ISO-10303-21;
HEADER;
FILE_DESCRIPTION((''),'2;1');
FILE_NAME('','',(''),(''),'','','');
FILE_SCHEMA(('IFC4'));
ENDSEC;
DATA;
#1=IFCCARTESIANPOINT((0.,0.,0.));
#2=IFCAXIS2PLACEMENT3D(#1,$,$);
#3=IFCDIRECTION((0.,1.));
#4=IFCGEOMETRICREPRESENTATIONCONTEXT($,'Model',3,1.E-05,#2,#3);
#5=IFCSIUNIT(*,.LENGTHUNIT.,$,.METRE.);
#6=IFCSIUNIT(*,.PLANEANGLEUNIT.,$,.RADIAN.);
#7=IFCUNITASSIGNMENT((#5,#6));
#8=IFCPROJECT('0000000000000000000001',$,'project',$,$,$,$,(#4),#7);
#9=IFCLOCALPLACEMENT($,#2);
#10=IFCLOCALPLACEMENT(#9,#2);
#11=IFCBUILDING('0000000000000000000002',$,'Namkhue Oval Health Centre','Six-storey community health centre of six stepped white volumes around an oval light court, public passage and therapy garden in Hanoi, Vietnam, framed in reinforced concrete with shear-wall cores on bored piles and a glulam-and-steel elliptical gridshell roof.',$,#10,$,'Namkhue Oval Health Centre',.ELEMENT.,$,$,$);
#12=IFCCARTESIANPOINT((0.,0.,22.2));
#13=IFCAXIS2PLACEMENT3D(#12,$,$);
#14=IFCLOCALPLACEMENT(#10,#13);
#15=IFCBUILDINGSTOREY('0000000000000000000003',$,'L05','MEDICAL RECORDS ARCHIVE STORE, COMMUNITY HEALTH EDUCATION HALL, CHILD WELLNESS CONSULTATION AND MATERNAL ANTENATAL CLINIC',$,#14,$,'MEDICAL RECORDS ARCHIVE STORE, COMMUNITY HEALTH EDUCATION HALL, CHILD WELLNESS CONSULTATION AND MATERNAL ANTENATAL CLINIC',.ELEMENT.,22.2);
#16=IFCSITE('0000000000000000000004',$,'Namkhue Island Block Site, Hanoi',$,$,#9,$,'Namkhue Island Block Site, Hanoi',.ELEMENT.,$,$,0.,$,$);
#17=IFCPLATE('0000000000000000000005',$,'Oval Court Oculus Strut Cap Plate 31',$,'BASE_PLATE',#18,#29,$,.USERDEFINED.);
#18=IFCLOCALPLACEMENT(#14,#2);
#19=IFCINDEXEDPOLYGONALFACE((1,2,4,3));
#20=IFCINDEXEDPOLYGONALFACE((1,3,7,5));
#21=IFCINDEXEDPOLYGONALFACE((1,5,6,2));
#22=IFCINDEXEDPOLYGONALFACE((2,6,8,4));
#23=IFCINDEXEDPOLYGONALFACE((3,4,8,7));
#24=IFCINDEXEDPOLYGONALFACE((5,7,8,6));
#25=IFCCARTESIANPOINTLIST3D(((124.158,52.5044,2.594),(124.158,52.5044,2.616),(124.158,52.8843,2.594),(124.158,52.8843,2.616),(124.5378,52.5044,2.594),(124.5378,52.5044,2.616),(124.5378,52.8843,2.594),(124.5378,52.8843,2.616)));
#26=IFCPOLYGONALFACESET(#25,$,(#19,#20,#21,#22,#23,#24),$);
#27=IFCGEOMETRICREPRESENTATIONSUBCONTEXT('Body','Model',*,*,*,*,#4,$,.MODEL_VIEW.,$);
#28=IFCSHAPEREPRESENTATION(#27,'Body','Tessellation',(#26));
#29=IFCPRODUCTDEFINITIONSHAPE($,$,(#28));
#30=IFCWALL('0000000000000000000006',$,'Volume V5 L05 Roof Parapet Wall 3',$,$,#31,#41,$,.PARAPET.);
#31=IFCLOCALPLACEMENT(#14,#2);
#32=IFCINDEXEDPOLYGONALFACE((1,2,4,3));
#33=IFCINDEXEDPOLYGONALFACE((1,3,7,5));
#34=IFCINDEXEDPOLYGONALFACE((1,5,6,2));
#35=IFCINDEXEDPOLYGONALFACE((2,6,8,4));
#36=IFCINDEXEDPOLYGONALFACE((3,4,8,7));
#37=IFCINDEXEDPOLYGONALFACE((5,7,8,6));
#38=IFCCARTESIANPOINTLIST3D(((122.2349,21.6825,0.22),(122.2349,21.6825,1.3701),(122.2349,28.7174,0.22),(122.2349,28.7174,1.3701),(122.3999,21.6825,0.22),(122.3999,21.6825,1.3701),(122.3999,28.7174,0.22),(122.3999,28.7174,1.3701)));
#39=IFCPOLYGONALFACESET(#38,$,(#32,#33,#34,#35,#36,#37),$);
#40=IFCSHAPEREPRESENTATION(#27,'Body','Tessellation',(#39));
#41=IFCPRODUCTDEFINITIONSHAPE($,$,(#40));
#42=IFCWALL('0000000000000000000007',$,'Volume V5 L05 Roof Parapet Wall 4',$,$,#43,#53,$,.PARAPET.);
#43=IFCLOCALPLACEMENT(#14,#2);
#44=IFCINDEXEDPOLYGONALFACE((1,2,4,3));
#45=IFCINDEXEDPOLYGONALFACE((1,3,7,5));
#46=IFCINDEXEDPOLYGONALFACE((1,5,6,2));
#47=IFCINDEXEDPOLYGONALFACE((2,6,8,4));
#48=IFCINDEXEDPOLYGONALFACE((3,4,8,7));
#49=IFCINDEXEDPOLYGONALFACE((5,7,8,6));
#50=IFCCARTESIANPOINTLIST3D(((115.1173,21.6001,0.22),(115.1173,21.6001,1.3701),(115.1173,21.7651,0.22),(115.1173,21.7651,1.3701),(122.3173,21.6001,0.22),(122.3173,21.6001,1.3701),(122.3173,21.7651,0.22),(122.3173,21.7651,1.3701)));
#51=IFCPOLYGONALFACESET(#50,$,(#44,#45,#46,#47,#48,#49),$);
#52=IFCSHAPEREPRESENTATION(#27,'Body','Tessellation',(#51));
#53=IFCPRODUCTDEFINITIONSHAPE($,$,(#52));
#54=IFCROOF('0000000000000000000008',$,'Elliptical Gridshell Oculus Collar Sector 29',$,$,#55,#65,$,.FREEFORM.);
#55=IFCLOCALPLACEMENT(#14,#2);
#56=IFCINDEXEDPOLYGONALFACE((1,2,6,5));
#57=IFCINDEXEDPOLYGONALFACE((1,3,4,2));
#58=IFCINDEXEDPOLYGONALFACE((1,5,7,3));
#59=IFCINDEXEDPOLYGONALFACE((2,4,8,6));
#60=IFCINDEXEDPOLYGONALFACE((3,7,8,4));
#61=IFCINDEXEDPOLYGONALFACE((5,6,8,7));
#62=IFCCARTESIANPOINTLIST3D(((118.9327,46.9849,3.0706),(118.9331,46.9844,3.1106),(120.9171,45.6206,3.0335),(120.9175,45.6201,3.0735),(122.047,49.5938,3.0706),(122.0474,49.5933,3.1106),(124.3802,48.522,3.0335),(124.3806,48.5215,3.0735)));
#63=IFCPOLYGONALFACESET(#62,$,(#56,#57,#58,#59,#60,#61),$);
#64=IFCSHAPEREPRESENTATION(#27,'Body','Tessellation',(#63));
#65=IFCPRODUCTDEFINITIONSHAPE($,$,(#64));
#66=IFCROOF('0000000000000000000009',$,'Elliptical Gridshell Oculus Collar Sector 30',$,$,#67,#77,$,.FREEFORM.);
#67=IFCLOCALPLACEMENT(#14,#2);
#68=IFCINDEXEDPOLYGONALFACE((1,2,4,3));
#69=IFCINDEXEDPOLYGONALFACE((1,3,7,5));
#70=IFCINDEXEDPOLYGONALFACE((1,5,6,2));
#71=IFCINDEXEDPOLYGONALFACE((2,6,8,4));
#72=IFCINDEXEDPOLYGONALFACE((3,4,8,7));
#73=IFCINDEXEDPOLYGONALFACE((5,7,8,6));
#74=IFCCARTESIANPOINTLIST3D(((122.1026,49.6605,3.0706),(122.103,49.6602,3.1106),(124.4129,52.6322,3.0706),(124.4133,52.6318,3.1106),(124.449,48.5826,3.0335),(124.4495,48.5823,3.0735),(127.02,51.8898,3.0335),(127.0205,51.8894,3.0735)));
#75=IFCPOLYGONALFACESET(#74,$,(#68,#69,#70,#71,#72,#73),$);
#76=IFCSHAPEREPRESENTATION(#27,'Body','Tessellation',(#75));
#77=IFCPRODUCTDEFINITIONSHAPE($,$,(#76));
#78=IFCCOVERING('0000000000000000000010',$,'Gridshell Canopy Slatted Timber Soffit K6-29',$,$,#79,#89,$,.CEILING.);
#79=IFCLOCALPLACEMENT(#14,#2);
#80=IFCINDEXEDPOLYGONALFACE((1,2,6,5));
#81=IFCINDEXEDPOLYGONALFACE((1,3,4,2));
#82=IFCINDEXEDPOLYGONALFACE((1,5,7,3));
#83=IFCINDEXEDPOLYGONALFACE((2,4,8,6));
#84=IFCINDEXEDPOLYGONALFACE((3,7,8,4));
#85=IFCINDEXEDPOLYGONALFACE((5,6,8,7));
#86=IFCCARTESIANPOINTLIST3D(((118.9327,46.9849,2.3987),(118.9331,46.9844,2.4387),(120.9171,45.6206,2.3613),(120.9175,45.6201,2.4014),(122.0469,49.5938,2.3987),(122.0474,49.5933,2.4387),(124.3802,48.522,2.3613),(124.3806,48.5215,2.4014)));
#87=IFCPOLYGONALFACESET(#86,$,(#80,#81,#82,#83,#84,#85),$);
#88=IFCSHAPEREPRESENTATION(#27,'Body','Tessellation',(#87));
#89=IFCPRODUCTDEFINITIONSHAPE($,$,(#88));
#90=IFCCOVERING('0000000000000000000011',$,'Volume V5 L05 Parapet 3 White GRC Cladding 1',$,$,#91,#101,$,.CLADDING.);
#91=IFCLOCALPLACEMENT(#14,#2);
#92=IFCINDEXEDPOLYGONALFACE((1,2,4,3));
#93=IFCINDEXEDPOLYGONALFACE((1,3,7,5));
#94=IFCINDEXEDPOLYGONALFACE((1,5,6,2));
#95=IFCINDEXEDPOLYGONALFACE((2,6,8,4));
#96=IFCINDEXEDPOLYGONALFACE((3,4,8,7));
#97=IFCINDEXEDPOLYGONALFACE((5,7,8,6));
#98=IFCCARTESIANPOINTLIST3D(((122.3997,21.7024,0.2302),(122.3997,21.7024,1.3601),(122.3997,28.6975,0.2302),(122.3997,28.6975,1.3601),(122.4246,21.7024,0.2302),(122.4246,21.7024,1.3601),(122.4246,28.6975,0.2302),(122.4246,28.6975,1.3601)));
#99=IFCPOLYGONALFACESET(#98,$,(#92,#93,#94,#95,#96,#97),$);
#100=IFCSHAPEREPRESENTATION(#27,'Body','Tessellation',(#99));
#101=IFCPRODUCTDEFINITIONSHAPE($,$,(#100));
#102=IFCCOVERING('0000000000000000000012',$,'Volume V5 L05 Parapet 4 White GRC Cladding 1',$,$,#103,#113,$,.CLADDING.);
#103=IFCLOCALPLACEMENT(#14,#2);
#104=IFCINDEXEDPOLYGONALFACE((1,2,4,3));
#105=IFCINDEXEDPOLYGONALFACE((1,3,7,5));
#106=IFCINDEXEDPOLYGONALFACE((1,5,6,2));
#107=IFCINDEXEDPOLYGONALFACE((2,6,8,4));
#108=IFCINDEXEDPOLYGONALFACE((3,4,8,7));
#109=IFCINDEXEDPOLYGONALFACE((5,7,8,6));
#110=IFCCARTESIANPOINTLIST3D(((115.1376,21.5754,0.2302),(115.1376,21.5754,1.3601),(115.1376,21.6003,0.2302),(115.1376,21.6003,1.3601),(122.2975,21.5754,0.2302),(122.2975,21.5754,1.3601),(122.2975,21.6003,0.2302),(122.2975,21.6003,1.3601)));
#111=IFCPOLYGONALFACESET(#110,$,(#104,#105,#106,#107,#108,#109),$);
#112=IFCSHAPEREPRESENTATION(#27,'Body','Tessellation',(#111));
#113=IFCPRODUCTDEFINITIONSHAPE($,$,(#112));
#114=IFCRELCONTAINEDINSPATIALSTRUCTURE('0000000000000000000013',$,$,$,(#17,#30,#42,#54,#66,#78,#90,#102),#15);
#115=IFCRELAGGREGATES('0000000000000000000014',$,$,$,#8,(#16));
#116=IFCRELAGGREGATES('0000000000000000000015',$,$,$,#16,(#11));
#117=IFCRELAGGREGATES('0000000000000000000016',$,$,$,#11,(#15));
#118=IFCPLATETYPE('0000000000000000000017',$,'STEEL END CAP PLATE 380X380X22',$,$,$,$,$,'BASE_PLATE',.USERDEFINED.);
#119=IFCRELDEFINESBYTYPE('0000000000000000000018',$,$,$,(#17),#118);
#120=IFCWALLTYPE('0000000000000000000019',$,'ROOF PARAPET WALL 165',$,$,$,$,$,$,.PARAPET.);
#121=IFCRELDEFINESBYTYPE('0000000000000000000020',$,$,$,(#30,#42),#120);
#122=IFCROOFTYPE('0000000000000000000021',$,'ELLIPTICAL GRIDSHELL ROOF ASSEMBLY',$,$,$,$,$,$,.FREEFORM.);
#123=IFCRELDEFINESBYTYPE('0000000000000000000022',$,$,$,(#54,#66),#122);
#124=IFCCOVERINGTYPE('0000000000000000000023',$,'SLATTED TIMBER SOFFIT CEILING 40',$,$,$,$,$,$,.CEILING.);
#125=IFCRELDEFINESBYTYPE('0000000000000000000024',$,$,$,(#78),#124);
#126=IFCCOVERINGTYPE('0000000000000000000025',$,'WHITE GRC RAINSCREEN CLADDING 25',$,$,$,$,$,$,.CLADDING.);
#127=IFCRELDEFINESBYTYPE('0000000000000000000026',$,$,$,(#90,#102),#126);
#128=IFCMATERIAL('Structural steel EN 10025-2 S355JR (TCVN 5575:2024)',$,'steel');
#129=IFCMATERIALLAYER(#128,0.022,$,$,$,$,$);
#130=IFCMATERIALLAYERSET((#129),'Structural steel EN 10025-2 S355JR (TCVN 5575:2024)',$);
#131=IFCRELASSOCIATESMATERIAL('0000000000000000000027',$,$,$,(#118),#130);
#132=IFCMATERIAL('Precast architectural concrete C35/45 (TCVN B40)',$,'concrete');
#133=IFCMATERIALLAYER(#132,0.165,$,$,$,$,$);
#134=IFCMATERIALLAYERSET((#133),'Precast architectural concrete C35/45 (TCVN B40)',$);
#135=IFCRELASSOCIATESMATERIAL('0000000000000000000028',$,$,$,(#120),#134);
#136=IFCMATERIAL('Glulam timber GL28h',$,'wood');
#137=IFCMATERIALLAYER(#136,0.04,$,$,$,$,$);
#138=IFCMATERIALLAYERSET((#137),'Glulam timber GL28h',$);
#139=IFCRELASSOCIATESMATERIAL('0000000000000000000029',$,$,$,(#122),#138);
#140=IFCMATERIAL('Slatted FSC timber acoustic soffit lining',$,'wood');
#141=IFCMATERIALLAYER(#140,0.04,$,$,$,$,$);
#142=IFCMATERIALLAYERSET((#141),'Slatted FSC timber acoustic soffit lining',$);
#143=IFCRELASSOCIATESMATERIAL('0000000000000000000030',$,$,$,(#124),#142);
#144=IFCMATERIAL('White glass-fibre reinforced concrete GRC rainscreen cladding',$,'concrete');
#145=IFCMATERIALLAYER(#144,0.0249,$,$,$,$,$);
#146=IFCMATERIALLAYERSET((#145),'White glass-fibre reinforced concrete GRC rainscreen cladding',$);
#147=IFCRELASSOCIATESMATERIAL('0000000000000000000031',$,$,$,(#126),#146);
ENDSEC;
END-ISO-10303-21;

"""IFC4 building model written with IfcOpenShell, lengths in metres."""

from ifc_helpers import new_model, si_unit, direction, frame, frame_2d, origin, origin_2d, place, context, subcontext, project, spatial, polyline, rectangle, outline, extrude, material, layer, layer_set, type_object, element, save


model = new_model("IFC4")

# Units and contexts
model_context = context("Model", 3, precision=1e-05, world=origin(), true_north=direction((0.0, 1.0)))
body_context = subcontext(model_context, "Body", "Model", "MODEL_VIEW")
ifc_project = project(units=[si_unit("LENGTHUNIT", "METRE"), si_unit("PLANEANGLEUNIT", "RADIAN")], contexts=[model_context])

# Site, building, storey
site_placement = place(None, origin())
site = spatial("IfcSite", under=ifc_project, at=site_placement, Name="Namkhue Island Block Site, Hanoi", LongName="Namkhue Island Block Site, Hanoi", CompositionType="ELEMENT", RefElevation=0.0)
building_placement = place(site_placement, origin())
building = spatial("IfcBuilding", under=site, at=building_placement, Name="Namkhue Oval Health Centre", Description="Six-storey community health centre of six stepped white volumes around an oval light court, public passage and therapy garden in Hanoi, Vietnam, framed in reinforced concrete with shear-wall cores on bored piles and a glulam-and-steel elliptical gridshell roof.", LongName="Namkhue Oval Health Centre", CompositionType="ELEMENT")
storey_placement = place(building_placement, frame((0.0, 0.0, 22.2)))
storey = spatial("IfcBuildingStorey", under=building, at=storey_placement, Name="L05", Description="MEDICAL RECORDS ARCHIVE STORE, COMMUNITY HEALTH EDUCATION HALL, CHILD WELLNESS CONSULTATION AND MATERNAL ANTENATAL CLINIC", LongName="MEDICAL RECORDS ARCHIVE STORE, COMMUNITY HEALTH EDUCATION HALL, CHILD WELLNESS CONSULTATION AND MATERNAL ANTENATAL CLINIC", CompositionType="ELEMENT", Elevation=22.2)

# Shared definitions
ifc_material_1 = material(Name="Structural steel EN 10025-2 S355JR (TCVN 5575:2024)", Category="steel")
ifc_material_2 = material(Name="Glulam timber GL28h", Category="wood")

# Plate
ifc_layer_1 = layer(ifc_material_1, 0.022)
ifc_layer_set_1 = layer_set([ifc_layer_1], Name="Structural steel EN 10025-2 S355JR (TCVN 5575:2024)")
plate_type_1 = type_object("IfcPlateType", Name="STEEL END CAP PLATE 380X380X22", ElementType="BASE_PLATE", PredefinedType="USERDEFINED", material=ifc_layer_set_1)
for number, where, z_axis, x_axis, name in (
    (1, (124.3479, 52.6943, 2.594), (0.0, 0.0, 1.0), (1.0, 0.0, 0.0), "Oval Court Oculus Strut Cap Plate 31"),
):
    element("IfcPlate", number, at=place(storey_placement, frame(where, z_axis=z_axis, x_axis=x_axis)), inside=storey, type_object=plate_type_1, Name=name, ObjectType="BASE_PLATE", PredefinedType="USERDEFINED", context=body_context, shape_type="SweptSolid", body=[
        extrude(rectangle(XDim=0.3799, YDim=0.3799, at=origin_2d()), origin(), (0.0, 0.0, 1.0), 0.022),
    ])

# Walls
ifc_material_3 = material(Name="Precast architectural concrete C35/45 (TCVN B40)", Category="concrete")
ifc_layer_2 = layer(ifc_material_3, 0.165)
ifc_layer_set_2 = layer_set([ifc_layer_2], Name="Precast architectural concrete C35/45 (TCVN B40)")
wall_type = type_object("IfcWallType", Name="ROOF PARAPET WALL 165", PredefinedType="PARAPET", material=ifc_layer_set_2)
wall_1_placement = place(storey_placement, frame((122.3174, 28.7175, 0.22), z_axis=(0.0, 0.0, 1.0), x_axis=(0.0, -1.0, 0.0)))
element("IfcWall", 2, at=wall_1_placement, inside=storey, type_object=wall_type, Name="Volume V5 L05 Roof Parapet Wall 3", PredefinedType="PARAPET", context=body_context, shape_type="SweptSolid", body=[
    extrude(rectangle(XDim=7.0349, YDim=0.165, at=frame_2d((3.5176, 0.0))), origin(), (0.0, 0.0, 1.0), 1.1501),
])
wall_2_placement = place(storey_placement, frame((122.3174, 21.6826, 0.22), z_axis=(0.0, 0.0, 1.0), x_axis=(-1.0, 0.0, 0.0)))
element("IfcWall", 3, at=wall_2_placement, inside=storey, type_object=wall_type, Name="Volume V5 L05 Roof Parapet Wall 4", PredefinedType="PARAPET", context=body_context, shape_type="SweptSolid", body=[
    extrude(rectangle(XDim=7.2, YDim=0.165, at=frame_2d((3.6001, 0.0))), origin(), (0.0, 0.0, 1.0), 1.1501),
])

# Roofs
ifc_layer_3 = layer(ifc_material_2, 0.04)
ifc_layer_set_3 = layer_set([ifc_layer_3], Name="Glulam timber GL28h")
roof_type = type_object("IfcRoofType", Name="ELLIPTICAL GRIDSHELL ROOF ASSEMBLY", PredefinedType="FREEFORM", material=ifc_layer_set_3)
roof_1_placement = place(storey_placement, frame((120.9175, 45.6201, 3.0735), z_axis=(0.010271, -0.01226, 0.999872), x_axis=(0.76654, 0.642197, 0.0)))
element("IfcRoof", 4, at=roof_1_placement, inside=storey, type_object=roof_type, Name="Elliptical Gridshell Oculus Collar Sector 29", PredefinedType="FREEFORM", context=body_context, shape_type="SweptSolid", body=[
    extrude(outline(polyline([(0.0, 0.0), (4.5179, 0.0), (3.4176, 2.3203), (-0.645, 2.3204), (0.0, 0.0)])), origin(), (0.0, 0.0, -1.0), 0.04),
])
roof_2_placement = place(storey_placement, frame((124.4495, 48.5823, 3.0735), z_axis=(0.011652, -0.009059, 0.999891), x_axis=(0.613767, 0.789487, 0.0)))
element("IfcRoof", 5, at=roof_2_placement, inside=storey, type_object=roof_type, Name="Elliptical Gridshell Oculus Collar Sector 30", PredefinedType="FREEFORM", context=body_context, shape_type="SweptSolid", body=[
    extrude(outline(polyline([(0.0, 0.0), (4.189, 0.0), (3.1749, 2.5143), (-0.5892, 2.5143), (0.0, 0.0)])), origin(), (0.0, 0.0, -1.0), 0.04),
])

# Coverings
ifc_material_4 = material(Name="Slatted FSC timber acoustic soffit lining", Category="wood")
ifc_layer_4 = layer(ifc_material_4, 0.04)
ifc_layer_set_4 = layer_set([ifc_layer_4], Name="Slatted FSC timber acoustic soffit lining")
covering_type_1 = type_object("IfcCoveringType", Name="SLATTED TIMBER SOFFIT CEILING 40", PredefinedType="CEILING", material=ifc_layer_set_4)
covering_1_placement = place(storey_placement, frame((120.9175, 45.6201, 2.4014), z_axis=(0.010338, -0.01234, 0.99987), x_axis=(0.76654, 0.642197, 0.0)))
element("IfcCovering", 6, at=covering_1_placement, inside=storey, type_object=covering_type_1, Name="Gridshell Canopy Slatted Timber Soffit K6-29", PredefinedType="CEILING", context=body_context, shape_type="SweptSolid", body=[
    extrude(outline(polyline([(0.0, 0.0), (4.5179, 0.0), (3.4176, 2.3203), (-0.645, 2.3204), (0.0, 0.0)])), origin(), (0.0, 0.0, -1.0), 0.04),
])
ifc_material_5 = material(Name="White glass-fibre reinforced concrete GRC rainscreen cladding", Category="concrete")
ifc_layer_5 = layer(ifc_material_5, 0.0249)
ifc_layer_set_5 = layer_set([ifc_layer_5], Name="White glass-fibre reinforced concrete GRC rainscreen cladding")
covering_type_2 = type_object("IfcCoveringType", Name="WHITE GRC RAINSCREEN CLADDING 25", PredefinedType="CLADDING", material=ifc_layer_set_5)
covering_2_placement = place(storey_placement, frame((122.4121, 25.2, 0.2302), z_axis=(0.0, 0.0, 1.0), x_axis=(0.0, -1.0, 0.0)))
element("IfcCovering", 7, at=covering_2_placement, inside=storey, type_object=covering_type_2, Name="Volume V5 L05 Parapet 3 White GRC Cladding 1", PredefinedType="CLADDING", context=body_context, shape_type="SweptSolid", body=[
    extrude(rectangle(XDim=6.9951, YDim=0.0249, at=origin_2d()), origin(), (0.0, 0.0, 1.0), 1.1299),
])
covering_3_placement = place(storey_placement, frame((118.7175, 21.5879, 0.2302), z_axis=(0.0, 0.0, 1.0), x_axis=(-1.0, 0.0, 0.0)))
element("IfcCovering", 8, at=covering_3_placement, inside=storey, type_object=covering_type_2, Name="Volume V5 L05 Parapet 4 White GRC Cladding 1", PredefinedType="CLADDING", context=body_context, shape_type="SweptSolid", body=[
    extrude(rectangle(XDim=7.1599, YDim=0.0249, at=origin_2d()), origin(), (0.0, 0.0, 1.0), 1.1299),
])

save(model, "model.ifc")
